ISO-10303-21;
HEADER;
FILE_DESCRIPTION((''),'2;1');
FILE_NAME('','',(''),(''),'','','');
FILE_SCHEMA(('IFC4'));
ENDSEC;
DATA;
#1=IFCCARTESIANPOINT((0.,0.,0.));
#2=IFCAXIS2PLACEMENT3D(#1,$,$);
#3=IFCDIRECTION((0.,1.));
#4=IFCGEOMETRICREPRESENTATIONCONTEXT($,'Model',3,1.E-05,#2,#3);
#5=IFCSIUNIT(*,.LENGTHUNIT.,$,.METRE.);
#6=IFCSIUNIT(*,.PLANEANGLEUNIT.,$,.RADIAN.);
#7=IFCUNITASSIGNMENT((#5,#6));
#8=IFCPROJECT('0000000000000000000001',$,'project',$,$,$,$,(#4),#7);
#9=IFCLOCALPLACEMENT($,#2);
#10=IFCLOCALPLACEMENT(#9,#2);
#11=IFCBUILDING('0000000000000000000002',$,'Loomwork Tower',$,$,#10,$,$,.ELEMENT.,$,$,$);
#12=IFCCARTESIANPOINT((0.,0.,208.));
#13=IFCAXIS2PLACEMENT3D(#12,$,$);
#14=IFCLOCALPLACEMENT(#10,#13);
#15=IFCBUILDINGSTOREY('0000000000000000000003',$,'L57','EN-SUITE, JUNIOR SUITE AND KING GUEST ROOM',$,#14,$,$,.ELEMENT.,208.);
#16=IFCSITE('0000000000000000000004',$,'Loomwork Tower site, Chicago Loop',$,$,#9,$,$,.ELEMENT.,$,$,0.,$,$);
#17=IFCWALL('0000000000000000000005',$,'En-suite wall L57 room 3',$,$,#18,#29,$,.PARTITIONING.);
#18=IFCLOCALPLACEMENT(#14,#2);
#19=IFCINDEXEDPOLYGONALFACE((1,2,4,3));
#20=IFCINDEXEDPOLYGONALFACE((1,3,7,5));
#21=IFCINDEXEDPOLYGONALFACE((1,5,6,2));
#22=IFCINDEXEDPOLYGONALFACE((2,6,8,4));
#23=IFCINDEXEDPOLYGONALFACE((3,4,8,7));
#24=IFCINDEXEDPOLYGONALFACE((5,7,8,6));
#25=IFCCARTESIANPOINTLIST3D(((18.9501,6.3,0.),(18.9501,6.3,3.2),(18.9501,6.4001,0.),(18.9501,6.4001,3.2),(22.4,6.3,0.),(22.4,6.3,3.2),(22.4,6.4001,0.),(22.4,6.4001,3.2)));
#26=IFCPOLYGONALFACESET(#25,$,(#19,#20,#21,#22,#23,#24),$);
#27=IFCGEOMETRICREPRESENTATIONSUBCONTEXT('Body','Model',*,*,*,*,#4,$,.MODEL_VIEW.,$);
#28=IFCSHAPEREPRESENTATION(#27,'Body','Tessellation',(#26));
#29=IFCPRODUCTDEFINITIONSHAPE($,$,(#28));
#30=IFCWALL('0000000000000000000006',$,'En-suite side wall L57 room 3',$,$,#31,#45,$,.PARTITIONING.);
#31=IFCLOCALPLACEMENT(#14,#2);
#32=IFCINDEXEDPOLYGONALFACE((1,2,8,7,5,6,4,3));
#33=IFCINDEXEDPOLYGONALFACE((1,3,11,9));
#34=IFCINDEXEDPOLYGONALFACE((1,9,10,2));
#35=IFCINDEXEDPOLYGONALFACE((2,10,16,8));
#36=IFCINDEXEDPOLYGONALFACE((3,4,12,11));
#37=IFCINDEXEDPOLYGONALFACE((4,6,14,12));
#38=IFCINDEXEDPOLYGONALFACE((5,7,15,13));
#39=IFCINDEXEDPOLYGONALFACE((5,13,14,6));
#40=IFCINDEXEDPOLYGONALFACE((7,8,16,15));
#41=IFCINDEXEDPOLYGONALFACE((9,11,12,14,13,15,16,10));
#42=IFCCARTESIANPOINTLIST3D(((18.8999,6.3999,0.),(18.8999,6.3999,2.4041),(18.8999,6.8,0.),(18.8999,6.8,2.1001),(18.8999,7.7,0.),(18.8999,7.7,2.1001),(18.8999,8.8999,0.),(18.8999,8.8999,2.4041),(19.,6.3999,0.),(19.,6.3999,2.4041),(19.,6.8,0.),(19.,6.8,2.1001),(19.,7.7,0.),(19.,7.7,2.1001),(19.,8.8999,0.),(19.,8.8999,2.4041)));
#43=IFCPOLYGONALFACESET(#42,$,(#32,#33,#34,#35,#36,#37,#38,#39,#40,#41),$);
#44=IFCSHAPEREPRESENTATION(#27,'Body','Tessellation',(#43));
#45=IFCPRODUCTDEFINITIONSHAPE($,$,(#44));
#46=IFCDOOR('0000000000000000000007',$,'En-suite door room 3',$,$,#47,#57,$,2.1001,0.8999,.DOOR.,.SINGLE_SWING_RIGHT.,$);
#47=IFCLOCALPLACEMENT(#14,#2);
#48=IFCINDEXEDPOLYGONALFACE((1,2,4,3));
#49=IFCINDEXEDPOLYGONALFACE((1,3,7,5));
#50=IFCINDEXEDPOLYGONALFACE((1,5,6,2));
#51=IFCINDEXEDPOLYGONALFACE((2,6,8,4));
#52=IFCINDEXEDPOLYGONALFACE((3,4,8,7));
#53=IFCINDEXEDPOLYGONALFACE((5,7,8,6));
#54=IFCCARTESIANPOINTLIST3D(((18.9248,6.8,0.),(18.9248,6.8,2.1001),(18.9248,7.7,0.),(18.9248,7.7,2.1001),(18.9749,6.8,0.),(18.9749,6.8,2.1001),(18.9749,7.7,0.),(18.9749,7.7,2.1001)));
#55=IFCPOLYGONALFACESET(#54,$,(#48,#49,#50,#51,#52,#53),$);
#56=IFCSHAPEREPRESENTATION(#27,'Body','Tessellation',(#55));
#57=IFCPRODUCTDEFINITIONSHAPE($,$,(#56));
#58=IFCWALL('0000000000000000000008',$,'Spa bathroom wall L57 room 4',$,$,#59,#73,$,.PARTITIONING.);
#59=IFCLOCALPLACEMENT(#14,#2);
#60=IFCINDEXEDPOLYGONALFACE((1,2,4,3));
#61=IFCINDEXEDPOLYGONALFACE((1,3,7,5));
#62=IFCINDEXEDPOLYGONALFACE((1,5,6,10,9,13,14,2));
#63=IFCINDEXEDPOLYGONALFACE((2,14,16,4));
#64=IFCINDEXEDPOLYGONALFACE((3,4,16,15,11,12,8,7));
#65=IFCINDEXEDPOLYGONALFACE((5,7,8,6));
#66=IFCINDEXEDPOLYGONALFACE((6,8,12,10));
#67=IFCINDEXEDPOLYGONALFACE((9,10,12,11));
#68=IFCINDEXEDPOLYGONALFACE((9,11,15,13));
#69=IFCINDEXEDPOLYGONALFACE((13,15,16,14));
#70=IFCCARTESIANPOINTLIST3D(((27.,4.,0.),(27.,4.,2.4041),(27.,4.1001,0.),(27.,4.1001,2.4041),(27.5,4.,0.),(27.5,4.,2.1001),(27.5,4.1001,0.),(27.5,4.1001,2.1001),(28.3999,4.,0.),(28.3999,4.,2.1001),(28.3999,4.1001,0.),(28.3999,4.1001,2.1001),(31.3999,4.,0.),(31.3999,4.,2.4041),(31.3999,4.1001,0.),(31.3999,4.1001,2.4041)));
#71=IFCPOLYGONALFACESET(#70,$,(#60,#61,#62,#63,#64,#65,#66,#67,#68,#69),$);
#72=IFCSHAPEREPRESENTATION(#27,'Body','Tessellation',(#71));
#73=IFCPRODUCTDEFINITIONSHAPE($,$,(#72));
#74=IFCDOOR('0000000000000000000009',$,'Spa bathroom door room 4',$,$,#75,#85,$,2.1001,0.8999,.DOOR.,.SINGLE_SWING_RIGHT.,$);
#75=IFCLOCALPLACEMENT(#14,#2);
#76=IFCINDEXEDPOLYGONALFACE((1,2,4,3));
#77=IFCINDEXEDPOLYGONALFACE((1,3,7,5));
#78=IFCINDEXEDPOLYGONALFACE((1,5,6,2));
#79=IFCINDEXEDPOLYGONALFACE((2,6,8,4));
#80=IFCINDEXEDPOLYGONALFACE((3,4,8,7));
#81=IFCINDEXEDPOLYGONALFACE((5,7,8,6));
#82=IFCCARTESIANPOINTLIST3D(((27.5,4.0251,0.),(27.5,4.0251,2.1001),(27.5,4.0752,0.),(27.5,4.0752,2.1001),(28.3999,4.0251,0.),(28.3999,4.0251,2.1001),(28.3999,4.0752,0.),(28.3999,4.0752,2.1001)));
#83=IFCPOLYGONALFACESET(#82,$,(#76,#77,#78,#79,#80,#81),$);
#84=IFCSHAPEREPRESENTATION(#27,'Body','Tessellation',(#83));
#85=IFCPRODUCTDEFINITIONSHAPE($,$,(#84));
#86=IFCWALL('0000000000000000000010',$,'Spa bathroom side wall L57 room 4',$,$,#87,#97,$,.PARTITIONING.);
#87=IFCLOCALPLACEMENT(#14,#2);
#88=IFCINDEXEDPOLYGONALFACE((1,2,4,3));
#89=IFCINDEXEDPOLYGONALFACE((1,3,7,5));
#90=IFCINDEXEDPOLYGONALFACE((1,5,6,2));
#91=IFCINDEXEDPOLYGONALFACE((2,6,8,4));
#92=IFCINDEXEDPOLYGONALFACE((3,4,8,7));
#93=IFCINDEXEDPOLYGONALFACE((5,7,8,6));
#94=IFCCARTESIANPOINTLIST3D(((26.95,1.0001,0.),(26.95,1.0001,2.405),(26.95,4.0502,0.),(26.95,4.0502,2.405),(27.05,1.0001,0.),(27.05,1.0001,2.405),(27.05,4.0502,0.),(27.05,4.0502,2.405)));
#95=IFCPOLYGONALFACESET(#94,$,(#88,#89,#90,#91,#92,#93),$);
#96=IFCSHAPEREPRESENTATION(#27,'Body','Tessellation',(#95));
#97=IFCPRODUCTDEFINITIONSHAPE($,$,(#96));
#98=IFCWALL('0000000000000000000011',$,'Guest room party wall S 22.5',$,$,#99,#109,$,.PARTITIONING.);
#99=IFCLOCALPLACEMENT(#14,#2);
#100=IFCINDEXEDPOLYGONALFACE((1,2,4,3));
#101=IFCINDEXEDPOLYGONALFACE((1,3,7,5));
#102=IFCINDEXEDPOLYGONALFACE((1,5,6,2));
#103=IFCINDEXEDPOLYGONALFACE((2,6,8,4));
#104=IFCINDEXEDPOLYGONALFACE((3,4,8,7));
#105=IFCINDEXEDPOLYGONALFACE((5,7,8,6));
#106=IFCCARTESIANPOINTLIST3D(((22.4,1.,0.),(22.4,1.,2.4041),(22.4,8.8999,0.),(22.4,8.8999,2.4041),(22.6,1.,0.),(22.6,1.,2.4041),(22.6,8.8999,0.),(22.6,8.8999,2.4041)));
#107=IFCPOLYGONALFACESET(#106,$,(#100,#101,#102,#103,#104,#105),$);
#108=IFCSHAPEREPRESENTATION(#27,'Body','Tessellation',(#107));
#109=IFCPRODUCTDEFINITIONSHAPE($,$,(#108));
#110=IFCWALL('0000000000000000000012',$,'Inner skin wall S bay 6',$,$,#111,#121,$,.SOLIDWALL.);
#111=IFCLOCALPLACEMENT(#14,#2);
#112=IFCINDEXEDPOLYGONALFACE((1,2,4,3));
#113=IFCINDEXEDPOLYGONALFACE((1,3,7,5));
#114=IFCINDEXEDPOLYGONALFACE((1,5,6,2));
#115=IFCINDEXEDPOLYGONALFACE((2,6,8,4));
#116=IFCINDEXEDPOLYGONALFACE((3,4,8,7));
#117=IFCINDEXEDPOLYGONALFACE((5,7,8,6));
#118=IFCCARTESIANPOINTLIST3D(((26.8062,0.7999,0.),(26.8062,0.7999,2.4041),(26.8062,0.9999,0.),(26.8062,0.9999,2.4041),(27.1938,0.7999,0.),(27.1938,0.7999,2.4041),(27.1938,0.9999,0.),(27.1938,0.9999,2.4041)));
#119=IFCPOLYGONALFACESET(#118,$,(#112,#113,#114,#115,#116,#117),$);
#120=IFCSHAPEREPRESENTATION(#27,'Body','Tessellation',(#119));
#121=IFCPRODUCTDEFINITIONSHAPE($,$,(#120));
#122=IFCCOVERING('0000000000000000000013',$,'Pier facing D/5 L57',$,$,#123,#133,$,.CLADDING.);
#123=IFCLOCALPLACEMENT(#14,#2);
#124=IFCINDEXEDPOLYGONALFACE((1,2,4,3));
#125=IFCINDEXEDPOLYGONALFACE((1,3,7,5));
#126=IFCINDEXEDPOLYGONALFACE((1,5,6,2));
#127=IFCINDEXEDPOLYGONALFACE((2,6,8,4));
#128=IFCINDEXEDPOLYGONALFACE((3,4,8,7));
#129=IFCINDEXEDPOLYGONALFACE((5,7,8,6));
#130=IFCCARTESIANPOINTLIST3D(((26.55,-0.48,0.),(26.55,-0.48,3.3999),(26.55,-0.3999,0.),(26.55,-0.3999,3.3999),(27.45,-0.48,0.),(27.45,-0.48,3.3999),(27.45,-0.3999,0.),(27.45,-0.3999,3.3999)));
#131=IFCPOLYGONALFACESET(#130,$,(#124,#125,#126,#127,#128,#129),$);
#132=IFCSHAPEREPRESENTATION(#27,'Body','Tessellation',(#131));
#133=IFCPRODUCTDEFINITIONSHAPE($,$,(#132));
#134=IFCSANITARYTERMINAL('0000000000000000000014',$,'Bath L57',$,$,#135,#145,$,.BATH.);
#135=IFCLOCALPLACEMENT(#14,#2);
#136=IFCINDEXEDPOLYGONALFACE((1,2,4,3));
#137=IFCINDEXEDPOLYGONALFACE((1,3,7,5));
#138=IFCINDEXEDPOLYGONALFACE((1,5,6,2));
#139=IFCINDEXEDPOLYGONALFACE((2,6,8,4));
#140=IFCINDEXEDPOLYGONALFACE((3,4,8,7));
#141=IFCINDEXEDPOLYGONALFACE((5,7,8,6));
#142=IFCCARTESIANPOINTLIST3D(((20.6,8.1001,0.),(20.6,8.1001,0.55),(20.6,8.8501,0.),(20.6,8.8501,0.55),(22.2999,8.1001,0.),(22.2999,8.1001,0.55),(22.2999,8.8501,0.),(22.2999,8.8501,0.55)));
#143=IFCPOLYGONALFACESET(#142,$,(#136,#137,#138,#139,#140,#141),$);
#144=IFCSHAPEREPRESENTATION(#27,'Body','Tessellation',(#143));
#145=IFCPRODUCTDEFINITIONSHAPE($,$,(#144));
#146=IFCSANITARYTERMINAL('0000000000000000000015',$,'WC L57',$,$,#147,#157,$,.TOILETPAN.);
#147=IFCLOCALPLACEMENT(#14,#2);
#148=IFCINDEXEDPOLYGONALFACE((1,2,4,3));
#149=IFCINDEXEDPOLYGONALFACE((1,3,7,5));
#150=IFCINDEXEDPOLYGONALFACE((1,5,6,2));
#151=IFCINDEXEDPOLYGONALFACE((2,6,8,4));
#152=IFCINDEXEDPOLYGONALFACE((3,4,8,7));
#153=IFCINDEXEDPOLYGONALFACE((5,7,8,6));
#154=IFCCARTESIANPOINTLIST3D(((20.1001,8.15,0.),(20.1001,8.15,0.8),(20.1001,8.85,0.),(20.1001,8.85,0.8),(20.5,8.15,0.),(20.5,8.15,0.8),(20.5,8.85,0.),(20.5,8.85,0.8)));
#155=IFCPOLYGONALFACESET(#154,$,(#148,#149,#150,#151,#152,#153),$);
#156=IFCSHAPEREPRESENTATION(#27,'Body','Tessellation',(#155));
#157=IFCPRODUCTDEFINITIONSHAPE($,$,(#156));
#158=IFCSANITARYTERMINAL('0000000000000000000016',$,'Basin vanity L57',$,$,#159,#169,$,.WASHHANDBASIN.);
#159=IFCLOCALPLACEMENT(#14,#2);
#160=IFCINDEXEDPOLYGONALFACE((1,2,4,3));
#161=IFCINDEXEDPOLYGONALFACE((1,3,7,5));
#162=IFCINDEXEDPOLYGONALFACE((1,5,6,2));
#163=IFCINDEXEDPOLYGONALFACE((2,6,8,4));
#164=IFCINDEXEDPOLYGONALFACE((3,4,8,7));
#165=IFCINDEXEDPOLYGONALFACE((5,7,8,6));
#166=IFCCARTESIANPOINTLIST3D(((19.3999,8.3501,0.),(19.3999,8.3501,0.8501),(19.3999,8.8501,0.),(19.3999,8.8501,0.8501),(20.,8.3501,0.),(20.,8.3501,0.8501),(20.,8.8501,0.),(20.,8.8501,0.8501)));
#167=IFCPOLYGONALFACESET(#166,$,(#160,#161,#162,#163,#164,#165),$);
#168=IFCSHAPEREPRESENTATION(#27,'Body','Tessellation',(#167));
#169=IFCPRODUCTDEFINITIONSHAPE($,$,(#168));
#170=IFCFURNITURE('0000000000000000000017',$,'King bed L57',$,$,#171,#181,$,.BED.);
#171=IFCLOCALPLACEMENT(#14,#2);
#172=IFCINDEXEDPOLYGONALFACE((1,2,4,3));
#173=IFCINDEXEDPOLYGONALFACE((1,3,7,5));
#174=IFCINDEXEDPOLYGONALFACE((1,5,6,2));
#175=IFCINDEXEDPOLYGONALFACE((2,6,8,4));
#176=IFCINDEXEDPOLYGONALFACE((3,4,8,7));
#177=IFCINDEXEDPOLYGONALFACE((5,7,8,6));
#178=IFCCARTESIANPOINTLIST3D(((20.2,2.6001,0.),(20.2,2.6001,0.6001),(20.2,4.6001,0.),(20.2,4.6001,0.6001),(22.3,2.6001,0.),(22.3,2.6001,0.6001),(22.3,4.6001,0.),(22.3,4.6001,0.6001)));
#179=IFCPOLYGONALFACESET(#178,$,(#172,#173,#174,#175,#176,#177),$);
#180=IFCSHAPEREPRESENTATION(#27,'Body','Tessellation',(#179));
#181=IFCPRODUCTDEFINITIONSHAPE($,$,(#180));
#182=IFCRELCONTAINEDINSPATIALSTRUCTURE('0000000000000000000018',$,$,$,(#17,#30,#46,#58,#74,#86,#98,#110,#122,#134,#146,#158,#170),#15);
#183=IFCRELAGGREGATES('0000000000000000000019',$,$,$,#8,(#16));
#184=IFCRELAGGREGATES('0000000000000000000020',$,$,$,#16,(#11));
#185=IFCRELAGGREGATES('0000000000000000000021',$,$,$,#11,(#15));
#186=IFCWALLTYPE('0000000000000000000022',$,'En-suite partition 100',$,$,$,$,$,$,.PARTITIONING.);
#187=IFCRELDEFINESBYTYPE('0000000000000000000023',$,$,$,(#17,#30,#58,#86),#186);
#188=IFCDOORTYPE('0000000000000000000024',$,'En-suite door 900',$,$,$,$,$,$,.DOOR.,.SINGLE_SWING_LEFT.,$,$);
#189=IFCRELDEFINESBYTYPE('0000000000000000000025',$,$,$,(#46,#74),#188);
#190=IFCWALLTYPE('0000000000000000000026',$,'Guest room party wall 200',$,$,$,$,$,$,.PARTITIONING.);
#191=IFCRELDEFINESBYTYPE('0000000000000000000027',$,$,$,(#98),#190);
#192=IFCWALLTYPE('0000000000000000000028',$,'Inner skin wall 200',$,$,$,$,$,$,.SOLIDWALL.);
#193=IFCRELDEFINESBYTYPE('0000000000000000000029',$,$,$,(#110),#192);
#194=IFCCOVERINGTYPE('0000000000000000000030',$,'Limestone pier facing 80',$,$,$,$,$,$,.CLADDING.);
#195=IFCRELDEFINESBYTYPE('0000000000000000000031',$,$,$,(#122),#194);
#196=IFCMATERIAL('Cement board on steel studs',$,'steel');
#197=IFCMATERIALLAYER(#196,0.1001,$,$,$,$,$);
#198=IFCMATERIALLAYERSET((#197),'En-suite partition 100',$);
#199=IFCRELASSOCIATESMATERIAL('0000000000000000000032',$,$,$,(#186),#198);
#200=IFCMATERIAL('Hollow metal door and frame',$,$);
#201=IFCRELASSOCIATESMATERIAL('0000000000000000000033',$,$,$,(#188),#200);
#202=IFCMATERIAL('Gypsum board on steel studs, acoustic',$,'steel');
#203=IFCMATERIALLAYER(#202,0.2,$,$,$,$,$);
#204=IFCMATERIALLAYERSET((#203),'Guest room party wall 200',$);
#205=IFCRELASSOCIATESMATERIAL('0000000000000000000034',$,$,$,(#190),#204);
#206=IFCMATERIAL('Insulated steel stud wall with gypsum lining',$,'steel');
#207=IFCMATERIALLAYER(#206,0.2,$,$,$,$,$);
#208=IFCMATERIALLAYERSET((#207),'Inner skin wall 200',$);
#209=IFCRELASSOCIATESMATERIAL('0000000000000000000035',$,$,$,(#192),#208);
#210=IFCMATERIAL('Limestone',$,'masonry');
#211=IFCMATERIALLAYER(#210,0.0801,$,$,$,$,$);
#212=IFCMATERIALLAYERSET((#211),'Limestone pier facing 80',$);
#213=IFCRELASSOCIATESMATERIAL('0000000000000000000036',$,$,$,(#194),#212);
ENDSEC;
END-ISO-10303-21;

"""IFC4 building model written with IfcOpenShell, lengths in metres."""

from ifc_helpers import new_model, si_unit, direction, frame, frame_2d, origin, origin_2d, place, context, subcontext, project, spatial, rectangle, extrude, material, layer, layer_set, type_object, element, fill, save


model = new_model("IFC4")

# Units and contexts
model_context = context("Model", 3, precision=1e-05, world=origin(), true_north=direction((0.0, 1.0)))
body_context = subcontext(model_context, "Body", "Model", "MODEL_VIEW")
ifc_project = project(units=[si_unit("LENGTHUNIT", "METRE"), si_unit("PLANEANGLEUNIT", "RADIAN")], contexts=[model_context])

# Site, building, storey
site_placement = place(None, origin())
site = spatial("IfcSite", under=ifc_project, at=site_placement, Name="Loomwork Tower site, Chicago Loop", CompositionType="ELEMENT", RefElevation=0.0)
building_placement = place(site_placement, origin())
building = spatial("IfcBuilding", under=site, at=building_placement, Name="Loomwork Tower", CompositionType="ELEMENT")
storey_placement = place(building_placement, frame((0.0, 0.0, 208.0)))
storey = spatial("IfcBuildingStorey", under=building, at=storey_placement, Name="L57", Description="EN-SUITE, JUNIOR SUITE AND KING GUEST ROOM", CompositionType="ELEMENT", Elevation=208.0)

# Wall
ifc_material_1 = material(Name="Cement board on steel studs", Category="steel")
ifc_layer_1 = layer(ifc_material_1, 0.1001)
ifc_layer_set_1 = layer_set([ifc_layer_1], Name="En-suite partition 100")
wall_type_1 = type_object("IfcWallType", Name="En-suite partition 100", PredefinedType="PARTITIONING", material=ifc_layer_set_1)
wall_1_placement = place(storey_placement, frame((18.95, 6.3501, 0.0), z_axis=(0.0, 0.0, 1.0), x_axis=(1.0, 0.0, 0.0)))
element("IfcWall", 1, at=wall_1_placement, inside=storey, type_object=wall_type_1, Name="En-suite wall L57 room 3", PredefinedType="PARTITIONING", context=body_context, shape_type="SweptSolid", body=[
    extrude(rectangle(XDim=3.45, YDim=0.1001, at=frame_2d((1.7251, 0.0))), origin(), (0.0, 0.0, 1.0), 3.2),
])

# Walls, openings, doors
wall_2_placement = place(storey_placement, frame((18.95, 8.8999, 0.0), z_axis=(0.0, 0.0, 1.0), x_axis=(0.0, -1.0, 0.0)))
wall_2 = element("IfcWall", 2, at=wall_2_placement, inside=storey, type_object=wall_type_1, Name="En-suite side wall L57 room 3", PredefinedType="PARTITIONING", context=body_context, shape_type="SweptSolid", body=[
    extrude(rectangle(XDim=2.5, YDim=0.1001, at=frame_2d((1.25, 0.0))), origin(), (0.0, 0.0, 1.0), 2.4041),
])
opening_1_placement = place(wall_2_placement, frame((1.2, 0.0, 0.0)))
opening_1 = element("IfcOpeningElement", 3, at=opening_1_placement, cuts=wall_2, PredefinedType="OPENING", context=body_context, shape_type="SweptSolid", body=[
    extrude(rectangle(XDim=0.8999, YDim=2.1001, at=frame_2d((0.45, 1.05))), frame((0.0, 0.0601, 0.0), z_axis=(0.0, -1.0, 0.0), x_axis=(1.0, 0.0, 0.0)), (0.0, 0.0, 1.0), 0.1201),
])
ifc_material_2 = material(Name="Hollow metal door and frame")
door_type_1 = type_object("IfcDoorType", Name="En-suite door 900", OperationType="SINGLE_SWING_LEFT", PredefinedType="DOOR", material=ifc_material_2)
door_1_placement = place(opening_1_placement, origin())
door_1 = element("IfcDoor", 4, at=door_1_placement, inside=storey, type_object=door_type_1, Name="En-suite door room 3", OperationType="SINGLE_SWING_RIGHT", OverallHeight=2.1001, OverallWidth=0.8999, PredefinedType="DOOR", context=body_context, shape_type="SweptSolid", body=[
    extrude(rectangle(XDim=0.8999, YDim=2.1001, at=frame_2d((0.45, 1.05))), frame((0.0, 0.0249, 0.0), z_axis=(0.0, -1.0, 0.0), x_axis=(1.0, 0.0, 0.0)), (0.0, 0.0, 1.0), 0.05),
])
fill(opening_1, door_1)
wall_3_placement = place(storey_placement, frame((27.0, 4.05, 0.0), z_axis=(0.0, 0.0, 1.0), x_axis=(1.0, 0.0, 0.0)))
wall_3 = element("IfcWall", 5, at=wall_3_placement, inside=storey, type_object=wall_type_1, Name="Spa bathroom wall L57 room 4", PredefinedType="PARTITIONING", context=body_context, shape_type="SweptSolid", body=[
    extrude(rectangle(XDim=4.3999, YDim=0.1001, at=frame_2d((2.2, 0.0))), origin(), (0.0, 0.0, 1.0), 2.4041),
])
opening_2_placement = place(wall_3_placement, frame((0.5, 0.0, 0.0)))
opening_2 = element("IfcOpeningElement", 6, at=opening_2_placement, cuts=wall_3, PredefinedType="OPENING", context=body_context, shape_type="SweptSolid", body=[
    extrude(rectangle(XDim=0.8999, YDim=2.1001, at=frame_2d((0.45, 1.05))), frame((0.0, 0.0601, 0.0), z_axis=(0.0, -1.0, 0.0), x_axis=(1.0, 0.0, 0.0)), (0.0, 0.0, 1.0), 0.1201),
])
door_2_placement = place(opening_2_placement, frame((0.8999, 0.0, 0.0), z_axis=(0.0, 0.0, 1.0), x_axis=(-1.0, 0.0, 0.0)))
door_2 = element("IfcDoor", 7, at=door_2_placement, inside=storey, type_object=door_type_1, Name="Spa bathroom door room 4", OperationType="SINGLE_SWING_RIGHT", OverallHeight=2.1001, OverallWidth=0.8999, PredefinedType="DOOR", context=body_context, shape_type="SweptSolid", body=[
    extrude(rectangle(XDim=0.8999, YDim=2.1001, at=frame_2d((0.45, 1.05))), frame((0.0, 0.0249, 0.0), z_axis=(0.0, -1.0, 0.0), x_axis=(1.0, 0.0, 0.0)), (0.0, 0.0, 1.0), 0.05),
])
fill(opening_2, door_2)

# Walls
wall_4_placement = place(storey_placement, frame((27.0, 4.05, 0.0), z_axis=(0.0, 0.0, 1.0), x_axis=(0.0, -1.0, 0.0)))
element("IfcWall", 8, at=wall_4_placement, inside=storey, type_object=wall_type_1, Name="Spa bathroom side wall L57 room 4", PredefinedType="PARTITIONING", context=body_context, shape_type="SweptSolid", body=[
    extrude(rectangle(XDim=3.05, YDim=0.1001, at=frame_2d((1.5249, 0.0))), origin(), (0.0, 0.0, 1.0), 2.405),
])
ifc_material_3 = material(Name="Gypsum board on steel studs, acoustic", Category="steel")
ifc_layer_2 = layer(ifc_material_3, 0.2)
ifc_layer_set_2 = layer_set([ifc_layer_2], Name="Guest room party wall 200")
wall_type_2 = type_object("IfcWallType", Name="Guest room party wall 200", PredefinedType="PARTITIONING", material=ifc_layer_set_2)
wall_5_placement = place(storey_placement, frame((22.5, 8.8999, 0.0), z_axis=(0.0, 0.0, 1.0), x_axis=(0.0, -1.0, 0.0)))
element("IfcWall", 9, at=wall_5_placement, inside=storey, type_object=wall_type_2, Name="Guest room party wall S 22.5", PredefinedType="PARTITIONING", context=body_context, shape_type="SweptSolid", body=[
    extrude(rectangle(XDim=7.8999, YDim=0.2, at=frame_2d((3.95, 0.0))), origin(), (0.0, 0.0, 1.0), 2.4041),
])
ifc_material_4 = material(Name="Insulated steel stud wall with gypsum lining", Category="steel")
ifc_layer_3 = layer(ifc_material_4, 0.2)
ifc_layer_set_3 = layer_set([ifc_layer_3], Name="Inner skin wall 200")
wall_type_3 = type_object("IfcWallType", Name="Inner skin wall 200", PredefinedType="SOLIDWALL", material=ifc_layer_set_3)
wall_6_placement = place(storey_placement, frame((26.8062, 0.8999, 0.0), z_axis=(0.0, 0.0, 1.0), x_axis=(1.0, 0.0, 0.0)))
element("IfcWall", 10, at=wall_6_placement, inside=storey, type_object=wall_type_3, Name="Inner skin wall S bay 6", PredefinedType="SOLIDWALL", context=body_context, shape_type="SweptSolid", body=[
    extrude(rectangle(XDim=0.3877, YDim=0.2, at=frame_2d((0.1938, 0.0))), origin(), (0.0, 0.0, 1.0), 2.4041),
])

# Covering
ifc_material_5 = material(Name="Limestone", Category="masonry")
ifc_layer_4 = layer(ifc_material_5, 0.0801)
ifc_layer_set_4 = layer_set([ifc_layer_4], Name="Limestone pier facing 80")
covering_type = type_object("IfcCoveringType", Name="Limestone pier facing 80", PredefinedType="CLADDING", material=ifc_layer_set_4)
covering_placement = place(storey_placement, frame((27.0, -0.4399, 0.0), z_axis=(0.0, 0.0, 1.0), x_axis=(1.0, 0.0, 0.0)))
element("IfcCovering", 11, at=covering_placement, inside=storey, type_object=covering_type, Name="Pier facing D/5 L57", PredefinedType="CLADDING", context=body_context, shape_type="SweptSolid", body=[
    extrude(rectangle(XDim=0.8999, YDim=0.0801, at=origin_2d()), origin(), (0.0, 0.0, 1.0), 3.3999),
])

# Sanitary terminals
sanitary_terminal_1_placement = place(storey_placement, frame((21.45, 8.4751, 0.0), z_axis=(0.0, 0.0, 1.0), x_axis=(1.0, 0.0, 0.0)))
element("IfcSanitaryTerminal", 12, at=sanitary_terminal_1_placement, inside=storey, Name="Bath L57", PredefinedType="BATH", context=body_context, shape_type="SweptSolid", body=[
    extrude(rectangle(XDim=1.7, YDim=0.75, at=origin_2d()), origin(), (0.0, 0.0, 1.0), 0.55),
])
sanitary_terminal_2_placement = place(storey_placement, frame((20.3, 8.5, 0.0), z_axis=(0.0, 0.0, 1.0), x_axis=(1.0, 0.0, 0.0)))
element("IfcSanitaryTerminal", 13, at=sanitary_terminal_2_placement, inside=storey, Name="WC L57", PredefinedType="TOILETPAN", context=body_context, shape_type="SweptSolid", body=[
    extrude(rectangle(XDim=0.3999, YDim=0.7, at=origin_2d()), origin(), (0.0, 0.0, 1.0), 0.8),
])
sanitary_terminal_3_placement = place(storey_placement, frame((19.7, 8.6001, 0.0), z_axis=(0.0, 0.0, 1.0), x_axis=(1.0, 0.0, 0.0)))
element("IfcSanitaryTerminal", 14, at=sanitary_terminal_3_placement, inside=storey, Name="Basin vanity L57", PredefinedType="WASHHANDBASIN", context=body_context, shape_type="SweptSolid", body=[
    extrude(rectangle(XDim=0.6001, YDim=0.5, at=origin_2d()), origin(), (0.0, 0.0, 1.0), 0.8501),
])

# Furniture
for number, where, z_axis, x_axis, name in (
    (15, (21.25, 3.6001, 0.0), (0.0, 0.0, 1.0), (1.0, 0.0, 0.0), "King bed L57"),
):
    element("IfcFurniture", number, at=place(storey_placement, frame(where, z_axis=z_axis, x_axis=x_axis)), inside=storey, Name=name, PredefinedType="BED", context=body_context, shape_type="SweptSolid", body=[
        extrude(rectangle(XDim=2.1001, YDim=2.0, at=origin_2d()), origin(), (0.0, 0.0, 1.0), 0.6001),
    ])

save(model, "model.ifc")
